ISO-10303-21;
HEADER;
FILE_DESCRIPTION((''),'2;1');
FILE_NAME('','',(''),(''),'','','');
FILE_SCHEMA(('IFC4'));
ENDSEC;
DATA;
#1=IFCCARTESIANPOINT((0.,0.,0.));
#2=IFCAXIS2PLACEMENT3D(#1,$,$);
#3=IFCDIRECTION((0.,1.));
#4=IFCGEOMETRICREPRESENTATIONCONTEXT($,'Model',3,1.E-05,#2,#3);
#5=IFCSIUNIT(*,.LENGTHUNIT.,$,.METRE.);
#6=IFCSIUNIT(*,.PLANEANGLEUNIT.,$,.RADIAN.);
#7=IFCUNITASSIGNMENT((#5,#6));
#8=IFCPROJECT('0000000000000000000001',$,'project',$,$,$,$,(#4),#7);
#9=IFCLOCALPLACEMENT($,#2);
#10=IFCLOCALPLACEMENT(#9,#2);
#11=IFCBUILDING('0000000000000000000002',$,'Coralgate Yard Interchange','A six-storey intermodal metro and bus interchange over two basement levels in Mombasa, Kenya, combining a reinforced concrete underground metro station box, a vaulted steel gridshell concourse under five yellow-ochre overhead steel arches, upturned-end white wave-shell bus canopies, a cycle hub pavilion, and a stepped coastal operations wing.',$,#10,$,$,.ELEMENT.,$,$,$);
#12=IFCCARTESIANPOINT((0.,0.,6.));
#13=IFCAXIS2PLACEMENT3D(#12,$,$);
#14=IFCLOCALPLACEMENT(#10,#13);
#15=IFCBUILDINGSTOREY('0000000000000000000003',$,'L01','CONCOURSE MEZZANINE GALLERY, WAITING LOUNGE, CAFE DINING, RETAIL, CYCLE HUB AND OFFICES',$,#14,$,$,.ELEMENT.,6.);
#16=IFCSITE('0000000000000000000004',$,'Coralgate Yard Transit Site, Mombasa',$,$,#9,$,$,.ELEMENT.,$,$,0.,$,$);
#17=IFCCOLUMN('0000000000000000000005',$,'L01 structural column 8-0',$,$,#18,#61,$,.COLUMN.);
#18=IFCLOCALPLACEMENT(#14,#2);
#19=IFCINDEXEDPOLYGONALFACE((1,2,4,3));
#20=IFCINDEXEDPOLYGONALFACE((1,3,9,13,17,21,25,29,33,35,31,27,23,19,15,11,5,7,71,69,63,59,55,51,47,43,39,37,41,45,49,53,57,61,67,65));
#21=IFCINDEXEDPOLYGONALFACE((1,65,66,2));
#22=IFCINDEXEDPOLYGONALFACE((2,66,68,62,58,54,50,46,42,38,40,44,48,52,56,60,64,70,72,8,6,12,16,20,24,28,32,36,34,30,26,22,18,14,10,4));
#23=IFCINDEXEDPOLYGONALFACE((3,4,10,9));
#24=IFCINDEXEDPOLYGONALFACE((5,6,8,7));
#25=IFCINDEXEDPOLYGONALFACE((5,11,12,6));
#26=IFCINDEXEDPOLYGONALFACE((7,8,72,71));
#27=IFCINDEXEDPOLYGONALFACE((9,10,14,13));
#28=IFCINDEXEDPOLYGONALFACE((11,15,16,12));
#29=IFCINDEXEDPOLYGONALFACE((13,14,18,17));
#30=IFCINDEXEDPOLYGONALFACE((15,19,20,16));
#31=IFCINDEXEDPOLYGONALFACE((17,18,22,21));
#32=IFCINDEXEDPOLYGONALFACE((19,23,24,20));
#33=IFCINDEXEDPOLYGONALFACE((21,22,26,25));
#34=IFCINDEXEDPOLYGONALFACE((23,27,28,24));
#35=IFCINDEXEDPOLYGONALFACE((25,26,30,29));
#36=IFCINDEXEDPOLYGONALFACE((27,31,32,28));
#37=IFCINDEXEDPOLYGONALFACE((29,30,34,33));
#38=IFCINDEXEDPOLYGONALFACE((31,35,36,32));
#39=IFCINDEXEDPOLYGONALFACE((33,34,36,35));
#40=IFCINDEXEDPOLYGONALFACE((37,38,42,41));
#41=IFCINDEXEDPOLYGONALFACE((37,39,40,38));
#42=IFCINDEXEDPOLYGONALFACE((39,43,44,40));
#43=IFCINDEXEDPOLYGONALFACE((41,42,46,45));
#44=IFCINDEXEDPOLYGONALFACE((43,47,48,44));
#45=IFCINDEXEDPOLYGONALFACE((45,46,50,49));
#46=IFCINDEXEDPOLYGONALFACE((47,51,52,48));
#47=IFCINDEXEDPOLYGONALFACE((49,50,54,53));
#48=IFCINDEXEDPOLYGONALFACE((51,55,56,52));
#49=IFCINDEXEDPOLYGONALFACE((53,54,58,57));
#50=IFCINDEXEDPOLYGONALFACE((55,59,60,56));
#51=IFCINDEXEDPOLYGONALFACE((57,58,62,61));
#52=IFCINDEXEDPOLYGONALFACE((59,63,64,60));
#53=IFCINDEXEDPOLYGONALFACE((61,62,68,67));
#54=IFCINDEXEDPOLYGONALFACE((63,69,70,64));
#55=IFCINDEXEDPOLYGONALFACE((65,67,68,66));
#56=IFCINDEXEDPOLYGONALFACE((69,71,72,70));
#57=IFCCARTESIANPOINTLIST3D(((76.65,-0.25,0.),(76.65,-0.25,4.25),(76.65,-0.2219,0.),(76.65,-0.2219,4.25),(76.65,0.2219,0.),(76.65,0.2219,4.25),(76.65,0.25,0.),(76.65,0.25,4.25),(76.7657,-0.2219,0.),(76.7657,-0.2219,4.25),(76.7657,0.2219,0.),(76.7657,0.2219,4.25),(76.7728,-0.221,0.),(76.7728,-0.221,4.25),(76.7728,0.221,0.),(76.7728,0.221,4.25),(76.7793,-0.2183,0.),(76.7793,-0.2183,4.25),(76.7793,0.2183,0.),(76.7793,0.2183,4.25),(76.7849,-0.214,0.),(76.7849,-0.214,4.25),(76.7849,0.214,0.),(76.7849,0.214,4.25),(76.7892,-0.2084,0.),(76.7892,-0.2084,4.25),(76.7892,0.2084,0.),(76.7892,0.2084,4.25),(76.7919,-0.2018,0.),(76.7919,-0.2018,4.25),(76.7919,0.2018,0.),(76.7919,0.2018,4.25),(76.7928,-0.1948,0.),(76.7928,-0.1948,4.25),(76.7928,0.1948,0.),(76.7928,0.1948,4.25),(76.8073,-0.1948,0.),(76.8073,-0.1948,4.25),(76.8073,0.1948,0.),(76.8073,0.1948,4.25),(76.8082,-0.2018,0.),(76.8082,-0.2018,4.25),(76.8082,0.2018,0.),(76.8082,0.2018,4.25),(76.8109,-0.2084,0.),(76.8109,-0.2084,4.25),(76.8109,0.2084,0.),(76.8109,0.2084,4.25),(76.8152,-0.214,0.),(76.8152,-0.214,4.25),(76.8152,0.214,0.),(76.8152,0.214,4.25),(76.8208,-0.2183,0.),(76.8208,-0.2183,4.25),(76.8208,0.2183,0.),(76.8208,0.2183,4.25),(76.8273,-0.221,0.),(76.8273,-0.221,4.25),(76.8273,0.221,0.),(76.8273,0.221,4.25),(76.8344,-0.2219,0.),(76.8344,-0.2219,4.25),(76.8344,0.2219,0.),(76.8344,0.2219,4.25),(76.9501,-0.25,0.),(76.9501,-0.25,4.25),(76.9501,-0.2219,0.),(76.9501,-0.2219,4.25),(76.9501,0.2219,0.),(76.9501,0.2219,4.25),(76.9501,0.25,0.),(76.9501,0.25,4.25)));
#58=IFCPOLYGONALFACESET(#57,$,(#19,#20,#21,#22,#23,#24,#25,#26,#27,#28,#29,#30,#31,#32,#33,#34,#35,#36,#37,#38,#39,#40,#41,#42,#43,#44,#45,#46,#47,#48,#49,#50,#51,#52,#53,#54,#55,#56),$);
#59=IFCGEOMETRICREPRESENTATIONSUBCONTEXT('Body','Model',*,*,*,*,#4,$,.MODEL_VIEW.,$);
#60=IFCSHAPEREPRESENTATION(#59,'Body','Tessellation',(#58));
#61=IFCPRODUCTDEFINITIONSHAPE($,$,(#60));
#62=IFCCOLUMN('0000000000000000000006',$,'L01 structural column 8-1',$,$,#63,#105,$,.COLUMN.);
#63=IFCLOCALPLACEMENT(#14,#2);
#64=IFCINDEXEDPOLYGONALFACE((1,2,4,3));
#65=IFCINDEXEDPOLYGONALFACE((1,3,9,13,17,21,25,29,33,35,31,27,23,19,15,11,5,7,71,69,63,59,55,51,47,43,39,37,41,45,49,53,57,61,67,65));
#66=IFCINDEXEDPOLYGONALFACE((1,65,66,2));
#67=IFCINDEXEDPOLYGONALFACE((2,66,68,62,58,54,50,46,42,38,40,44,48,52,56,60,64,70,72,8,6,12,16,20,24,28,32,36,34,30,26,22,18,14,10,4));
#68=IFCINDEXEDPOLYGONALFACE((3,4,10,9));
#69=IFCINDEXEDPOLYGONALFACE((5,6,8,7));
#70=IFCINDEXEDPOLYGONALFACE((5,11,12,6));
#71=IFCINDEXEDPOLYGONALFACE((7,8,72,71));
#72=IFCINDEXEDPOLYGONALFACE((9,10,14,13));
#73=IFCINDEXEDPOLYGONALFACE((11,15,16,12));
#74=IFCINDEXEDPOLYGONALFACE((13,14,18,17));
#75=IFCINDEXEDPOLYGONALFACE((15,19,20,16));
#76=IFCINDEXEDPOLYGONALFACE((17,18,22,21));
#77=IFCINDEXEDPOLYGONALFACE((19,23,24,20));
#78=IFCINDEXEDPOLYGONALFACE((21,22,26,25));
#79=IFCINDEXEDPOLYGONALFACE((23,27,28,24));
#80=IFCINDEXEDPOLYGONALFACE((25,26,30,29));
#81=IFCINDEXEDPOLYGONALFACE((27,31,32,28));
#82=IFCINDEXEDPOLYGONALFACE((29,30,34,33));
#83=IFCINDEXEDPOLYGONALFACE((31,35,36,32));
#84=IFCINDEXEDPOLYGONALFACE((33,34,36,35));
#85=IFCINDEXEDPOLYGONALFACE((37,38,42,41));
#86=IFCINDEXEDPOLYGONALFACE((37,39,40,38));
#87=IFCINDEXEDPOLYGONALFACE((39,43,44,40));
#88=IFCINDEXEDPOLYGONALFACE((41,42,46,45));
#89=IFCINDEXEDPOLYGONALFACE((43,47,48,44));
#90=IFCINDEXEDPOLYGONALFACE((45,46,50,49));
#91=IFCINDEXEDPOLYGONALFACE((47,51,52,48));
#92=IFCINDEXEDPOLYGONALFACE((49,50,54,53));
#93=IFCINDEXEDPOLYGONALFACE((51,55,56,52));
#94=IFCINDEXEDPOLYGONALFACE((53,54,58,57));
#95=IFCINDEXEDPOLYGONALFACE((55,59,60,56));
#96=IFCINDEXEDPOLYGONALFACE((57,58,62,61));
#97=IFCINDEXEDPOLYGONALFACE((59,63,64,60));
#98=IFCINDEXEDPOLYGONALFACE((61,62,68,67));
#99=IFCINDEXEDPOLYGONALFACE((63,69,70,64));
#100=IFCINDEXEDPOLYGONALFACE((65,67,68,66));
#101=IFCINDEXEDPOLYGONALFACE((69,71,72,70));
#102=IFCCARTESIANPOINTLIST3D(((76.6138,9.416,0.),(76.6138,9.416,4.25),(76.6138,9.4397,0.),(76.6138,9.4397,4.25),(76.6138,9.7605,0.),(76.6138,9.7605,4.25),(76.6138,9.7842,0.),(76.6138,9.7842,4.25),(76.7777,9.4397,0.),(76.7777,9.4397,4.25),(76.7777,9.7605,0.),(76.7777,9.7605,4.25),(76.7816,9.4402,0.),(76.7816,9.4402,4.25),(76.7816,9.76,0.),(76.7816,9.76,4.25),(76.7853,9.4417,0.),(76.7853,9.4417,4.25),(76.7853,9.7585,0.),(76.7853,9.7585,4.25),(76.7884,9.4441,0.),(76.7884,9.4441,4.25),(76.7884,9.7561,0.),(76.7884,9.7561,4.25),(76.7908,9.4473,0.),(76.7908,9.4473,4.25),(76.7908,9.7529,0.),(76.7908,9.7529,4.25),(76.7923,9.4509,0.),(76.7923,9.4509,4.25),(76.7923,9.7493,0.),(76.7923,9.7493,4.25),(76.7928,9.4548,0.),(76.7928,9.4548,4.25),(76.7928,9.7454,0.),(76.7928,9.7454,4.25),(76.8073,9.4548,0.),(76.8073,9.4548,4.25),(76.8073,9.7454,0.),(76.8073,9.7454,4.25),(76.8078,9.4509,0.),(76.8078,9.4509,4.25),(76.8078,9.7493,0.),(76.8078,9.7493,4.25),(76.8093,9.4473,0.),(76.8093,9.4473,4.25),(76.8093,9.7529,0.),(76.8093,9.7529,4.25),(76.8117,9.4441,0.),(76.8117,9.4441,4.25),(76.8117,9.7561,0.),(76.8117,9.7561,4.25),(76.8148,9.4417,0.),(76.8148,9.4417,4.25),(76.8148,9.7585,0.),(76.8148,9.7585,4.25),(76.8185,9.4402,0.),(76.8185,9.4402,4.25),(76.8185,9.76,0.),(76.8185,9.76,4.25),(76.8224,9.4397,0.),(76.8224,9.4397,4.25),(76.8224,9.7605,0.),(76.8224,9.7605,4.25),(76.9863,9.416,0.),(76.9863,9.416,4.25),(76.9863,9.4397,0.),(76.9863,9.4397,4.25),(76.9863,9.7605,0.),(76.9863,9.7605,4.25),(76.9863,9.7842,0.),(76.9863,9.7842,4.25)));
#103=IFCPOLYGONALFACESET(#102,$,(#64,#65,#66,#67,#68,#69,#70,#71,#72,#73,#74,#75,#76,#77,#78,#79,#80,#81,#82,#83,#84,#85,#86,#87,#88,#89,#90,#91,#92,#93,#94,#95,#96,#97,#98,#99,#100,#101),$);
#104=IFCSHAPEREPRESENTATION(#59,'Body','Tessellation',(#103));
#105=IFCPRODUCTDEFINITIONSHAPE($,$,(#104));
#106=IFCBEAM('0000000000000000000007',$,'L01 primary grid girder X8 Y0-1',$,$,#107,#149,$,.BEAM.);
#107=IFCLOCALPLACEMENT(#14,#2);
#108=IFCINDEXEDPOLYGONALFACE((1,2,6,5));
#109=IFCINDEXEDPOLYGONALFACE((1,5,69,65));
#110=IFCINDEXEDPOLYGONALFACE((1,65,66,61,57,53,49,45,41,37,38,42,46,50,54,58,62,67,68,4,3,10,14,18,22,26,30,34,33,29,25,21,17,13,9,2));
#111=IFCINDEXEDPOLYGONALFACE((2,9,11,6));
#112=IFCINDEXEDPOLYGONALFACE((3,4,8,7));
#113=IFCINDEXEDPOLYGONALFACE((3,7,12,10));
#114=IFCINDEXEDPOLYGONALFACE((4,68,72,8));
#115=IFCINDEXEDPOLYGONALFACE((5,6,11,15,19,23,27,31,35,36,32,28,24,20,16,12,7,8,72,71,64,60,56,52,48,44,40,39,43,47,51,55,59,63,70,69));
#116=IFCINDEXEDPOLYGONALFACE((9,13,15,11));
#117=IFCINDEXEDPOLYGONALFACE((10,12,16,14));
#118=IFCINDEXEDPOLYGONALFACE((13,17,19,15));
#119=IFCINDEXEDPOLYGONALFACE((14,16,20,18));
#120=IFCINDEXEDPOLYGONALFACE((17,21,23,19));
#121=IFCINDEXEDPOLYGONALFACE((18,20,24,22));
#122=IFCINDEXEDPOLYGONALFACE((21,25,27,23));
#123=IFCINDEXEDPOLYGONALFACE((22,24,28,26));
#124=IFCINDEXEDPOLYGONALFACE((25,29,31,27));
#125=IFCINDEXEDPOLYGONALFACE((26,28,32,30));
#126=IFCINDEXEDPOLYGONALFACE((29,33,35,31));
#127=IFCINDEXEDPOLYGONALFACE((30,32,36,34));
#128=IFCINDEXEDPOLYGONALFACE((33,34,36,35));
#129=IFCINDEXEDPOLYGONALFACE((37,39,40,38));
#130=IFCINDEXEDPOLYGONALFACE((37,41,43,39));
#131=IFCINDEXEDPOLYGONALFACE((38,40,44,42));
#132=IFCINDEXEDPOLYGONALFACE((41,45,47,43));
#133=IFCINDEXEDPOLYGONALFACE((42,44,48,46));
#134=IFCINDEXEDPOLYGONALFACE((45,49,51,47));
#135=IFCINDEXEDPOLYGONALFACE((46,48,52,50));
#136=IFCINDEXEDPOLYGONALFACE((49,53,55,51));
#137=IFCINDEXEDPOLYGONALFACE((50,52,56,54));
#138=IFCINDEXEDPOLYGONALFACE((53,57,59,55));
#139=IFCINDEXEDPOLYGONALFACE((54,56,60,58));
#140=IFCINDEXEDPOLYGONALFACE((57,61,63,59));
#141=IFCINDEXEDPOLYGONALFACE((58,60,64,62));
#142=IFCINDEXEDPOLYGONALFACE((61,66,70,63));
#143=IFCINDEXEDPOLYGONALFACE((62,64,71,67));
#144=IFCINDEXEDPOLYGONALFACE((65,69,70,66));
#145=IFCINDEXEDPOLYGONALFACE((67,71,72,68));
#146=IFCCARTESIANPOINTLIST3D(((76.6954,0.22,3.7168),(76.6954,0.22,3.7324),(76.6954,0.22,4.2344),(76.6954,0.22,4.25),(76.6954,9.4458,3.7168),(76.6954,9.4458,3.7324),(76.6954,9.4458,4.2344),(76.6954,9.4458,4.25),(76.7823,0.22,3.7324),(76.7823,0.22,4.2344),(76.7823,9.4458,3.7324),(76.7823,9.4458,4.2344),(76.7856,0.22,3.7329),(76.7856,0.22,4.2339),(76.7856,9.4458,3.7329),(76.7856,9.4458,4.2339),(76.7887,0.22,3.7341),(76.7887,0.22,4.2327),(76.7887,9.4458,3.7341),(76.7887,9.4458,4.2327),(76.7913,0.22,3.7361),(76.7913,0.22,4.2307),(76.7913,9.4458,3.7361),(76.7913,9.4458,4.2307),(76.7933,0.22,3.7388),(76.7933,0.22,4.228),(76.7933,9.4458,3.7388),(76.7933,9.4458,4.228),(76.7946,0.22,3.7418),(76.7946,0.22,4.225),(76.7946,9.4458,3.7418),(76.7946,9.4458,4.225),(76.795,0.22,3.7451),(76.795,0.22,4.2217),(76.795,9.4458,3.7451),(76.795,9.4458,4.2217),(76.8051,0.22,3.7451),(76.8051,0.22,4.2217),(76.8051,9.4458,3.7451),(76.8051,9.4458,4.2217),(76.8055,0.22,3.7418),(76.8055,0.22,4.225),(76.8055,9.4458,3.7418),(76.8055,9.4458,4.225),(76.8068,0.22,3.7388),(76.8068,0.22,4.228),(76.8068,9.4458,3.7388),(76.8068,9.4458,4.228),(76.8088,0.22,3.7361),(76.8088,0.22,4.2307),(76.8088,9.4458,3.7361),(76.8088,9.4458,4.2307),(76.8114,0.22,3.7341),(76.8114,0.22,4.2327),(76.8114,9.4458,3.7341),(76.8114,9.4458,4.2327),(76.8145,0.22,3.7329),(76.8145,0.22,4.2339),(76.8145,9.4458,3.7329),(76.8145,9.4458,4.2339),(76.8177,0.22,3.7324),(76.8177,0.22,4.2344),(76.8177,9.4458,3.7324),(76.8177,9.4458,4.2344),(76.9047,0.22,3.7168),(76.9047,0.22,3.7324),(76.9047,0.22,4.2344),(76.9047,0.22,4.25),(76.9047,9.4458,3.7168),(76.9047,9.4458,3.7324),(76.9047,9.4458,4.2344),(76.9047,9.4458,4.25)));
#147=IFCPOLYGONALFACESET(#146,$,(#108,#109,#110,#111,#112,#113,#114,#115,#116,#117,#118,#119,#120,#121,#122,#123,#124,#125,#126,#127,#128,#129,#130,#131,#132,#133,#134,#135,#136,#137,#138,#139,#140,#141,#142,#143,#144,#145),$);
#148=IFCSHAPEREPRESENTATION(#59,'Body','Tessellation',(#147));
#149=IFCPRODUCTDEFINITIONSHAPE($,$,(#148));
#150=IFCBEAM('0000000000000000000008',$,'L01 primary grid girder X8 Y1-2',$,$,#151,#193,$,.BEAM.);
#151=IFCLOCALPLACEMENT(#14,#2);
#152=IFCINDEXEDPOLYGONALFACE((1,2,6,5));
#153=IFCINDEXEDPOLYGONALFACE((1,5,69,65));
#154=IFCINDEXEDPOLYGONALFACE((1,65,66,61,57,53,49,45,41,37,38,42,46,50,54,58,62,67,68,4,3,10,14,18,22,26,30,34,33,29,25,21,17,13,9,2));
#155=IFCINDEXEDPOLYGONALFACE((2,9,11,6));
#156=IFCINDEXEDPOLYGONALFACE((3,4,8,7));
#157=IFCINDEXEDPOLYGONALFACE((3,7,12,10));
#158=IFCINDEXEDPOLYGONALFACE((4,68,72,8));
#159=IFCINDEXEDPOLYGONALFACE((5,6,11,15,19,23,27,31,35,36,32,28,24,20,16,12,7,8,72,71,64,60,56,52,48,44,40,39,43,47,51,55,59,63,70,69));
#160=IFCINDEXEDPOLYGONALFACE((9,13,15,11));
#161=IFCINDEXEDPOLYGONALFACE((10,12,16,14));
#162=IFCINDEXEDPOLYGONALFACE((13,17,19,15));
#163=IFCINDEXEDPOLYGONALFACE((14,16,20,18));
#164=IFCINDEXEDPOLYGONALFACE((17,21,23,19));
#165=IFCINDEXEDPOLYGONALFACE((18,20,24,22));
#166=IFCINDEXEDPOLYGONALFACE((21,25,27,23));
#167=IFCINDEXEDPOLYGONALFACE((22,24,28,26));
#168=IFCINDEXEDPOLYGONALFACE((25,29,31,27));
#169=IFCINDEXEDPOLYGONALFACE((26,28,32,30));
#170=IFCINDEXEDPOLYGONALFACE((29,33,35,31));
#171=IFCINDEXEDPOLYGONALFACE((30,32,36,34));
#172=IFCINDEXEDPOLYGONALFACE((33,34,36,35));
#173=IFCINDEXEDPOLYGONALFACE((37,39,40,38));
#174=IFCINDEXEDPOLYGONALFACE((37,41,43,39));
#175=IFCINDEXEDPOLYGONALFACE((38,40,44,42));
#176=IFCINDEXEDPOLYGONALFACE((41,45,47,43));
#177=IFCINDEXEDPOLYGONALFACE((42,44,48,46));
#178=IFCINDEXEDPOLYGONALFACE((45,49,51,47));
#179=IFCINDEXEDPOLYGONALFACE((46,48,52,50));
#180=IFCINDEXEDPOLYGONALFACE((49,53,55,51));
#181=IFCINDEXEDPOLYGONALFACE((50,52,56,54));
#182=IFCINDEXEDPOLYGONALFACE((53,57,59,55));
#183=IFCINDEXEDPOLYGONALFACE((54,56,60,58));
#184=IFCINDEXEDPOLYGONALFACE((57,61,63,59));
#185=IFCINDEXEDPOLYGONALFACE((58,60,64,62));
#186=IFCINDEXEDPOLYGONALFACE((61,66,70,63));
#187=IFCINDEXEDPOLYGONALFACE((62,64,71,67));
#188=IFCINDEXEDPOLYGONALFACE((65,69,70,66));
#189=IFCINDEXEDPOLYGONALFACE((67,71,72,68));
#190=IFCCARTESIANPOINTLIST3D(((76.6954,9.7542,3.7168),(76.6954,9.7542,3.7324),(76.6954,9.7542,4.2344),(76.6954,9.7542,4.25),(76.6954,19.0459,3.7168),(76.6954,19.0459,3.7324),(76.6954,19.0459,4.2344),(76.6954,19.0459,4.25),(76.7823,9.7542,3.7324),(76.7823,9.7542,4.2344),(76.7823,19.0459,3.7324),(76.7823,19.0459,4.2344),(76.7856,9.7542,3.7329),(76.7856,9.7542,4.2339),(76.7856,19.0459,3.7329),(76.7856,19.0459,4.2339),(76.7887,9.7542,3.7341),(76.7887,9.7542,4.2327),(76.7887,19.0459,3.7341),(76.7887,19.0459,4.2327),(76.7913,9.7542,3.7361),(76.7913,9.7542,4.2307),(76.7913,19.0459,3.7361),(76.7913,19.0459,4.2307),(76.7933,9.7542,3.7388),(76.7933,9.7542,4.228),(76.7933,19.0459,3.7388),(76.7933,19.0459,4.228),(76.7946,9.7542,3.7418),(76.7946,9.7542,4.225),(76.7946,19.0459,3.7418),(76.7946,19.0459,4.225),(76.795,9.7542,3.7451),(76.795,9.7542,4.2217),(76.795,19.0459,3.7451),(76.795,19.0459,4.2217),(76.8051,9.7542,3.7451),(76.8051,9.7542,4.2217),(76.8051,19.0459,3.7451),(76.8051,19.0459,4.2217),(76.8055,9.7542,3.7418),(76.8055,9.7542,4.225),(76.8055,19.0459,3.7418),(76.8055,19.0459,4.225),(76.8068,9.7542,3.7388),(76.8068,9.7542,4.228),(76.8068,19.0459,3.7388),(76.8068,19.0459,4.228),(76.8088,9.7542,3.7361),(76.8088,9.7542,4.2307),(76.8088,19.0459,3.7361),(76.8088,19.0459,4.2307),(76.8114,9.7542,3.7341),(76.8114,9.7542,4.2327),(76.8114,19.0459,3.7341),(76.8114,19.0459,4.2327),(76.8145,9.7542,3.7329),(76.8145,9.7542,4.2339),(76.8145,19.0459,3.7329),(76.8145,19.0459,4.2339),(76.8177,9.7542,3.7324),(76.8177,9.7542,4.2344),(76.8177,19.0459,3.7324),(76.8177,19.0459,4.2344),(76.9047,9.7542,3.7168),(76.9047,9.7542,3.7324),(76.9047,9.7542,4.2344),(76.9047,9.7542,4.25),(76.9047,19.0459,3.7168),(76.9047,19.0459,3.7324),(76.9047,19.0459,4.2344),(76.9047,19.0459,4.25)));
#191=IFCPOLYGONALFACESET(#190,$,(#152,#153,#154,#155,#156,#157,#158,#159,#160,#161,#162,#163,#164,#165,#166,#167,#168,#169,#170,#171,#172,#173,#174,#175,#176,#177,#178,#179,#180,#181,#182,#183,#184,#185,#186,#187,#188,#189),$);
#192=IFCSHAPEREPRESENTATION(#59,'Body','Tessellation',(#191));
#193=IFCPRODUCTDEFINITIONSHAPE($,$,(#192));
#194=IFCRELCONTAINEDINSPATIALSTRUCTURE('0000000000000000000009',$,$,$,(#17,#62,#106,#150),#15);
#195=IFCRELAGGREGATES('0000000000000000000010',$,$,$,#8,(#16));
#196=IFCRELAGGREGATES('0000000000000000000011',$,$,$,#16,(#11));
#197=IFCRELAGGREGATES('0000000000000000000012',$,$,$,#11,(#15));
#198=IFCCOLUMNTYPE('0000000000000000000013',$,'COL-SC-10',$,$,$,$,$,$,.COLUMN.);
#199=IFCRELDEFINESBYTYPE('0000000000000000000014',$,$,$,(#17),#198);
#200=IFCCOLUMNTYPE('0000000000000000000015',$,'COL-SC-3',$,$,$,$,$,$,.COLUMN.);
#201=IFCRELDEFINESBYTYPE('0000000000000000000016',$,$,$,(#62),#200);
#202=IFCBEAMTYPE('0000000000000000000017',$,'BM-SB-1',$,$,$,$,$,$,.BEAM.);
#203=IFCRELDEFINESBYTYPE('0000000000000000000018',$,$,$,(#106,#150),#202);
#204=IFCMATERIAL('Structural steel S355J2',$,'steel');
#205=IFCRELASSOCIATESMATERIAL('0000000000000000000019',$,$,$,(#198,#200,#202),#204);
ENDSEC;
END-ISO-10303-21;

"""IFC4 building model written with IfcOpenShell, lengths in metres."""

from ifc_helpers import new_model, si_unit, direction, frame, origin, origin_2d, place, context, subcontext, project, spatial, i_section, extrude, material, material_profile, profile_set, type_object, element, save


model = new_model("IFC4")

# Units and contexts
model_context = context("Model", 3, precision=1e-05, world=origin(), true_north=direction((0.0, 1.0)))
body_context = subcontext(model_context, "Body", "Model", "MODEL_VIEW")
ifc_project = project(units=[si_unit("LENGTHUNIT", "METRE"), si_unit("PLANEANGLEUNIT", "RADIAN")], contexts=[model_context])

# Site, building, storey
site_placement = place(None, origin())
site = spatial("IfcSite", under=ifc_project, at=site_placement, Name="Coralgate Yard Transit Site, Mombasa", CompositionType="ELEMENT", RefElevation=0.0)
building_placement = place(site_placement, origin())
building = spatial("IfcBuilding", under=site, at=building_placement, Name="Coralgate Yard Interchange", Description="A six-storey intermodal metro and bus interchange over two basement levels in Mombasa, Kenya, combining a reinforced concrete underground metro station box, a vaulted steel gridshell concourse under five yellow-ochre overhead steel arches, upturned-end white wave-shell bus canopies, a cycle hub pavilion, and a stepped coastal operations wing.", CompositionType="ELEMENT")
storey_placement = place(building_placement, frame((0.0, 0.0, 6.0)))
storey = spatial("IfcBuildingStorey", under=building, at=storey_placement, Name="L01", Description="CONCOURSE MEZZANINE GALLERY, WAITING LOUNGE, CAFE DINING, RETAIL, CYCLE HUB AND OFFICES", CompositionType="ELEMENT", Elevation=6.0)

# Columns
ifc_material_1 = material(Name="Structural steel S355J2", Category="steel")
ifc_material_profile_1 = material_profile(ifc_material_1, i_section(OverallWidth=0.3, OverallDepth=0.5, WebThickness=0.0144, FlangeThickness=0.0281, FilletRadius=0.0271, at=origin_2d()), Name="HEB 500")
ifc_profile_set_1 = profile_set([ifc_material_profile_1], Name="Structural steel S355J2")
column_type_1 = type_object("IfcColumnType", Name="COL-SC-10", PredefinedType="COLUMN", material=ifc_profile_set_1)
column_1_placement = place(storey_placement, frame((76.8, 0.0, 0.0), z_axis=(0.0, 0.0, 1.0), x_axis=(1.0, 0.0, 0.0)))
element("IfcColumn", 1, at=column_1_placement, inside=storey, type_object=column_type_1, Name="L01 structural column 8-0", PredefinedType="COLUMN", context=body_context, shape_type="SweptSolid", body=[
    extrude(i_section(OverallWidth=0.3, OverallDepth=0.5, WebThickness=0.0144, FlangeThickness=0.0281, FilletRadius=0.0271, at=origin_2d()), origin(), (0.0, 0.0, 1.0), 4.25),
])
ifc_material_profile_2 = material_profile(ifc_material_1, i_section(OverallWidth=0.3726, OverallDepth=0.3682, WebThickness=0.0144, FlangeThickness=0.0237, FilletRadius=0.0151, at=origin_2d()), Name="UC 356x368x177")
ifc_profile_set_2 = profile_set([ifc_material_profile_2], Name="Structural steel S355J2")
column_type_2 = type_object("IfcColumnType", Name="COL-SC-3", PredefinedType="COLUMN", material=ifc_profile_set_2)
column_2_placement = place(storey_placement, frame((76.8, 9.6001, 0.0), z_axis=(0.0, 0.0, 1.0), x_axis=(1.0, 0.0, 0.0)))
element("IfcColumn", 2, at=column_2_placement, inside=storey, type_object=column_type_2, Name="L01 structural column 8-1", PredefinedType="COLUMN", context=body_context, shape_type="SweptSolid", body=[
    extrude(i_section(OverallWidth=0.3726, OverallDepth=0.3682, WebThickness=0.0144, FlangeThickness=0.0237, FilletRadius=0.0151, at=origin_2d()), origin(), (0.0, 0.0, 1.0), 4.25),
])

# Beams
ifc_material_profile_3 = material_profile(ifc_material_1, i_section(OverallWidth=0.2092, OverallDepth=0.5332, WebThickness=0.01, FlangeThickness=0.0156, FilletRadius=0.0127, at=origin_2d()), Name="UB 533x210x92")
ifc_profile_set_3 = profile_set([ifc_material_profile_3], Name="Structural steel S355J2")
beam_type_1 = type_object("IfcBeamType", Name="BM-SB-1", PredefinedType="BEAM", material=ifc_profile_set_3)
beam_1_placement = place(storey_placement, frame((76.8, 0.22, 3.9834), z_axis=(0.0, 1.0, 0.0), x_axis=(-1.0, 0.0, 0.0)))
element("IfcBeam", 3, at=beam_1_placement, inside=storey, type_object=beam_type_1, Name="L01 primary grid girder X8 Y0-1", PredefinedType="BEAM", context=body_context, shape_type="SweptSolid", body=[
    extrude(i_section(OverallWidth=0.2092, OverallDepth=0.5332, WebThickness=0.01, FlangeThickness=0.0156, FilletRadius=0.0127, at=origin_2d()), origin(), (0.0, 0.0, 1.0), 9.2258),
])
beam_2_placement = place(storey_placement, frame((76.8, 9.7542, 3.9834), z_axis=(0.0, 1.0, 0.0), x_axis=(-1.0, 0.0, 0.0)))
element("IfcBeam", 4, at=beam_2_placement, inside=storey, type_object=beam_type_1, Name="L01 primary grid girder X8 Y1-2", PredefinedType="BEAM", context=body_context, shape_type="SweptSolid", body=[
    extrude(i_section(OverallWidth=0.2092, OverallDepth=0.5332, WebThickness=0.01, FlangeThickness=0.0156, FilletRadius=0.0127, at=origin_2d()), origin(), (0.0, 0.0, 1.0), 9.2917),
])

save(model, "model.ifc")
